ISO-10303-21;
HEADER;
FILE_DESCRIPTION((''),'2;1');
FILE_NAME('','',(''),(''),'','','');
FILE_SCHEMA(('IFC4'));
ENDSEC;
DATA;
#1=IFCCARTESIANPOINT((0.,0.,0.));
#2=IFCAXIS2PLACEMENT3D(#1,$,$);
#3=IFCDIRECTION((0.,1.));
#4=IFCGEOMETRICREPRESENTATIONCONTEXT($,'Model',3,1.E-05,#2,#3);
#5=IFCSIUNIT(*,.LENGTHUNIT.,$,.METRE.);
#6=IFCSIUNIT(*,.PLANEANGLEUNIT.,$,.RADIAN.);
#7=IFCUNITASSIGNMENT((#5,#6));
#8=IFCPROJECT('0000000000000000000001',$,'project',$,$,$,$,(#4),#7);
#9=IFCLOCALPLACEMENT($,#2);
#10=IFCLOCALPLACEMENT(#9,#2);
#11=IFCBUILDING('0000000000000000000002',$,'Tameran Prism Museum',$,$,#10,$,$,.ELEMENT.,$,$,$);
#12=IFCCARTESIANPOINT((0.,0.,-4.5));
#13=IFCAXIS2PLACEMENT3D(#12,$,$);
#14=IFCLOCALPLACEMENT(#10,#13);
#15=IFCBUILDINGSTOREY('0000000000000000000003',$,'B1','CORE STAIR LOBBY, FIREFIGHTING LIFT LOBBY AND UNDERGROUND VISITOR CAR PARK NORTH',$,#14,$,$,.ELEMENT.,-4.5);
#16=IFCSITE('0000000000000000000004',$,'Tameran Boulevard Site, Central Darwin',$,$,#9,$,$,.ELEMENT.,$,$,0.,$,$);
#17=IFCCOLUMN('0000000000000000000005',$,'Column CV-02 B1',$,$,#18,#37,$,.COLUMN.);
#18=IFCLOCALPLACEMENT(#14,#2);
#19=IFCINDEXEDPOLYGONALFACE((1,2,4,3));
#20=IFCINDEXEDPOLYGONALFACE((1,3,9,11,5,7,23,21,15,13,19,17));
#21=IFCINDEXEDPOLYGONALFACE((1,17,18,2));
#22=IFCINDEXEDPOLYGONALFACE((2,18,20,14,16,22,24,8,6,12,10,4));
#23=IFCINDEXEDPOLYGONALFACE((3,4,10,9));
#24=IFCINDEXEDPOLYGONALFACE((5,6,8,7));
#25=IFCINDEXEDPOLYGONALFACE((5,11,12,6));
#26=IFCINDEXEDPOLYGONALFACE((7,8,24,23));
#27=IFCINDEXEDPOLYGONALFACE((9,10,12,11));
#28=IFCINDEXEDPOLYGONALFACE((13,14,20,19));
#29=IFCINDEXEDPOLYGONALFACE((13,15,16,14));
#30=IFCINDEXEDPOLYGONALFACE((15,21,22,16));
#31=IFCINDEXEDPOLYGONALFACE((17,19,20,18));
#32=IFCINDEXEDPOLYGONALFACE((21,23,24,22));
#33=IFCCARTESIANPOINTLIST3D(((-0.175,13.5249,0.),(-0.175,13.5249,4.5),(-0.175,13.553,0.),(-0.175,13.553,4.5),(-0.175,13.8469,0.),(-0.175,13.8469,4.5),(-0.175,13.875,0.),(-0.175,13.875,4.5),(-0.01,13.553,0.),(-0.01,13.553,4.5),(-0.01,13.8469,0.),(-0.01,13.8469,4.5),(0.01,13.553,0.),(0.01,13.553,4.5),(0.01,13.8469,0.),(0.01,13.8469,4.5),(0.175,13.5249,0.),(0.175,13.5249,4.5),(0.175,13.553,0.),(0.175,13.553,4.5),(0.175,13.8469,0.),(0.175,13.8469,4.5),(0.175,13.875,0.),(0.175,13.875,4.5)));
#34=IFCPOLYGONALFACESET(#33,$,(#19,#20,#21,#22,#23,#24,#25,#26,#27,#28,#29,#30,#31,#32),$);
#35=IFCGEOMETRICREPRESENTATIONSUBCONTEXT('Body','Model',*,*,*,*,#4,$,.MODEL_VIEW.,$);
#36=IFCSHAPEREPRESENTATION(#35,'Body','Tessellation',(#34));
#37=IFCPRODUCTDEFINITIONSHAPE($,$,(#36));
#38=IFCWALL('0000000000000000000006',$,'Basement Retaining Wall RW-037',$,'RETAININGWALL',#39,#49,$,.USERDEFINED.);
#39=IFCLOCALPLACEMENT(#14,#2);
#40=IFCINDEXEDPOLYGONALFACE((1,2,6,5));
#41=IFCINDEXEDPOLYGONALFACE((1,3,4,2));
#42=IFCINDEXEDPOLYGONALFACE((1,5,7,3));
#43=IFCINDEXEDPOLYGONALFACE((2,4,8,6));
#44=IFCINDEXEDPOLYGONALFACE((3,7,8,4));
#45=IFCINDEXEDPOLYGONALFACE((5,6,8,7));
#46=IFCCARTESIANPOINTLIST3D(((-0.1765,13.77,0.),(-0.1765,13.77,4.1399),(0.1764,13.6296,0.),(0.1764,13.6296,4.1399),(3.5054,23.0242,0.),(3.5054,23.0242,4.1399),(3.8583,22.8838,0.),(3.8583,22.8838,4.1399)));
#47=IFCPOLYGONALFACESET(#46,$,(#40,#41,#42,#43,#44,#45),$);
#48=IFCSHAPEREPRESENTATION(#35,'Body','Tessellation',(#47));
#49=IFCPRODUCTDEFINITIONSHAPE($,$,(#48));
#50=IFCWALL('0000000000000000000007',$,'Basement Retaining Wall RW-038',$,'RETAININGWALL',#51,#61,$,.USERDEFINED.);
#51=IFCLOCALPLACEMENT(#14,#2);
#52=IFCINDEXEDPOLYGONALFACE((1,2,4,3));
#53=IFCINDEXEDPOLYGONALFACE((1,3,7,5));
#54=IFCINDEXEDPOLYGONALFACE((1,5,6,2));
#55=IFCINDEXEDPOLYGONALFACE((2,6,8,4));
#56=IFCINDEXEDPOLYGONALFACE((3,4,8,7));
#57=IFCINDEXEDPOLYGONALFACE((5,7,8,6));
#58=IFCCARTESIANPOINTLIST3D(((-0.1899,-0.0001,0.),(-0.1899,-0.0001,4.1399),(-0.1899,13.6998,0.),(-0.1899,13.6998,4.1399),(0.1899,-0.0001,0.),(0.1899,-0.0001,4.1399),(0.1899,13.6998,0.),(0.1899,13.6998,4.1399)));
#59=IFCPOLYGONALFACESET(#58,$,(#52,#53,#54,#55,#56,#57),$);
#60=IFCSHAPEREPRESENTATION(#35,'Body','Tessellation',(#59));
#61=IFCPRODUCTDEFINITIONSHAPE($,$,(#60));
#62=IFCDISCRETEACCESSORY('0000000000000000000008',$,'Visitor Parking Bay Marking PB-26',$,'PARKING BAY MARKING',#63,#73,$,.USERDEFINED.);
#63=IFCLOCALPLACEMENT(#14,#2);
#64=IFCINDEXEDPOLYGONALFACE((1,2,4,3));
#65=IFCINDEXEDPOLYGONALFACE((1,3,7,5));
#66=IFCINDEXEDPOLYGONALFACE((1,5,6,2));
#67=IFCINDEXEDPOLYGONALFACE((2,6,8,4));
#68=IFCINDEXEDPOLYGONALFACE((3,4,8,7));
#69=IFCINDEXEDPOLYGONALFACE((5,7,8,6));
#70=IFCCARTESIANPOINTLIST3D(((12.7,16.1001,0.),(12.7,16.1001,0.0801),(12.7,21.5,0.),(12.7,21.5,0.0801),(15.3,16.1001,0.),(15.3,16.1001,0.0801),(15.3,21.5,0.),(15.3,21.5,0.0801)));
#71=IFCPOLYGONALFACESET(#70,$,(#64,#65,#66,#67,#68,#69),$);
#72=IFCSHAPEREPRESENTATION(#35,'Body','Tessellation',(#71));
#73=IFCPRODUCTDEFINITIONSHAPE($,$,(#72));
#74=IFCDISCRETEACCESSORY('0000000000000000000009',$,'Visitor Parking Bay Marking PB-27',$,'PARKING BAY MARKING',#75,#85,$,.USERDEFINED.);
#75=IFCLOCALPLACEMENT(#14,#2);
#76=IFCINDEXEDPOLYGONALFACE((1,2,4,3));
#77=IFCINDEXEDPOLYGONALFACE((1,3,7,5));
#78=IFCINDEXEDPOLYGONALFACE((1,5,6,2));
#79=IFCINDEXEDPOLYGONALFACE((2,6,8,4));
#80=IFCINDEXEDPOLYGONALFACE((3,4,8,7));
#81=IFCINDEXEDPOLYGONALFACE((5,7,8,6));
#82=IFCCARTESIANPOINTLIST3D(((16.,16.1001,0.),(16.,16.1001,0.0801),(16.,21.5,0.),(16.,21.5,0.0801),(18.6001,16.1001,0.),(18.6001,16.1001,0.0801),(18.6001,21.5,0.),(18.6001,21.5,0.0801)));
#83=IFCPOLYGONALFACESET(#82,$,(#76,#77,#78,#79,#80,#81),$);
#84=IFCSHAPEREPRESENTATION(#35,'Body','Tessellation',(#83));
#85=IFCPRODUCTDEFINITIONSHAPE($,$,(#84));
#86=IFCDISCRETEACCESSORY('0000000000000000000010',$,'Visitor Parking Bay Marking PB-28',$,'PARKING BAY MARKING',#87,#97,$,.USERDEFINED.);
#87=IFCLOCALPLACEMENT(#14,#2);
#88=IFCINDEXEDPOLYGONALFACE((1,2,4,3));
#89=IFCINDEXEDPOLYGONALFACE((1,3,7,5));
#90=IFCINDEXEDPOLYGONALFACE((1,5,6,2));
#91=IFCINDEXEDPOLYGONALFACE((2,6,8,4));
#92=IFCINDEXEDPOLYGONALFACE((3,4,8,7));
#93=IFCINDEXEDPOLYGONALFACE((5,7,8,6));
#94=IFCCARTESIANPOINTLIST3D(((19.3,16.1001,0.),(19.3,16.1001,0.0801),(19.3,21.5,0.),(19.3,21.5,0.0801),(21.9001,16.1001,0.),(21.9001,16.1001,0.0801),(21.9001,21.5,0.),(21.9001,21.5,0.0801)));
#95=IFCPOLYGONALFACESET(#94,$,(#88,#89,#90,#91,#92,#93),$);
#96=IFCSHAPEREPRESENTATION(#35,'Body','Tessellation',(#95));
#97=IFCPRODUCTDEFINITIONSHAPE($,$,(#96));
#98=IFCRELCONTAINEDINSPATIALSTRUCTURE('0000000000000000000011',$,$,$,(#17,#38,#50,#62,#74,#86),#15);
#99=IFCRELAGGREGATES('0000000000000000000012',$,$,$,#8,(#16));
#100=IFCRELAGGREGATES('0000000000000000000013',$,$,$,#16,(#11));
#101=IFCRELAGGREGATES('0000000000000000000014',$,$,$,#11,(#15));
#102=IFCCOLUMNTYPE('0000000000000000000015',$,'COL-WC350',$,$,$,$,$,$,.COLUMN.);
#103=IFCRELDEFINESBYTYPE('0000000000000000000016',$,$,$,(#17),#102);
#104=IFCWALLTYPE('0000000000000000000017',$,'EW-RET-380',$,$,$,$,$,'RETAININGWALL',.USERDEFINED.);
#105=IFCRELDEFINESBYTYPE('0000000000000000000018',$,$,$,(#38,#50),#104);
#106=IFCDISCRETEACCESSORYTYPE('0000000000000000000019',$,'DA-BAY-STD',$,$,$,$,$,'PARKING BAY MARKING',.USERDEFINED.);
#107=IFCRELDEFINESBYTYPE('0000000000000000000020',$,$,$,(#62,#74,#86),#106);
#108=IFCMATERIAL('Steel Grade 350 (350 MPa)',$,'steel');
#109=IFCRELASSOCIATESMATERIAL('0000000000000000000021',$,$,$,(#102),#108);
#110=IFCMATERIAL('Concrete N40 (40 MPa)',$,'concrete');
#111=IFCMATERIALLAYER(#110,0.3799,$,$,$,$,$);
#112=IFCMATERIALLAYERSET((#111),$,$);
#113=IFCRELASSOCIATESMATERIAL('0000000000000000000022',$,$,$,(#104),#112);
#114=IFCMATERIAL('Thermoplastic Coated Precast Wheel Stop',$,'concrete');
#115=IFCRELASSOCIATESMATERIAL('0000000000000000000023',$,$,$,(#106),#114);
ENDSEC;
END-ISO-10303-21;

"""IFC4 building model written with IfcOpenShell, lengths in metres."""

from ifc_helpers import new_model, si_unit, direction, frame, frame_2d, origin, origin_2d, place, context, subcontext, project, spatial, rectangle, i_section, extrude, material, layer, layer_set, material_profile, profile_set, type_object, element, save


model = new_model("IFC4")

# Units and contexts
model_context = context("Model", 3, precision=1e-05, world=origin(), true_north=direction((0.0, 1.0)))
body_context = subcontext(model_context, "Body", "Model", "MODEL_VIEW")
ifc_project = project(units=[si_unit("LENGTHUNIT", "METRE"), si_unit("PLANEANGLEUNIT", "RADIAN")], contexts=[model_context])

# Site, building, storey
site_placement = place(None, origin())
site = spatial("IfcSite", under=ifc_project, at=site_placement, Name="Tameran Boulevard Site, Central Darwin", CompositionType="ELEMENT", RefElevation=0.0)
building_placement = place(site_placement, origin())
building = spatial("IfcBuilding", under=site, at=building_placement, Name="Tameran Prism Museum", CompositionType="ELEMENT")
storey_placement = place(building_placement, frame((0.0, 0.0, -4.5)))
storey = spatial("IfcBuildingStorey", under=building, at=storey_placement, Name="B1", Description="CORE STAIR LOBBY, FIREFIGHTING LIFT LOBBY AND UNDERGROUND VISITOR CAR PARK NORTH", CompositionType="ELEMENT", Elevation=-4.5)

# Column
ifc_material_1 = material(Name="Steel Grade 350 (350 MPa)", Category="steel")
ifc_material_profile_1 = material_profile(ifc_material_1, i_section(OverallWidth=0.3501, OverallDepth=0.3501, WebThickness=0.02, FlangeThickness=0.0281, at=origin_2d()))
ifc_profile_set_1 = profile_set([ifc_material_profile_1])
column_type_1 = type_object("IfcColumnType", Name="COL-WC350", PredefinedType="COLUMN", material=ifc_profile_set_1)
column_1_placement = place(storey_placement, frame((0.0, 13.7, 0.0), z_axis=(0.0, 0.0, 1.0), x_axis=(1.0, 0.0, 0.0)))
element("IfcColumn", 1, at=column_1_placement, inside=storey, type_object=column_type_1, Name="Column CV-02 B1", PredefinedType="COLUMN", context=body_context, shape_type="SweptSolid", body=[
    extrude(i_section(OverallWidth=0.3501, OverallDepth=0.3501, WebThickness=0.02, FlangeThickness=0.0281, at=origin_2d()), origin(), (0.0, 0.0, 1.0), 4.5),
])

# Walls
ifc_material_2 = material(Name="Concrete N40 (40 MPa)", Category="concrete")
ifc_layer = layer(ifc_material_2, 0.3799)
ifc_layer_set = layer_set([ifc_layer])
wall_type = type_object("IfcWallType", Name="EW-RET-380", ElementType="RETAININGWALL", PredefinedType="USERDEFINED", material=ifc_layer_set)
wall_1_placement = place(storey_placement, frame((3.6819, 22.9541, 0.0), z_axis=(0.0, 0.0, 1.0), x_axis=(-0.369678, -0.92916, 0.0)))
element("IfcWall", 2, at=wall_1_placement, inside=storey, type_object=wall_type, Name="Basement Retaining Wall RW-037", ObjectType="RETAININGWALL", PredefinedType="USERDEFINED", context=body_context, shape_type="SweptSolid", body=[
    extrude(rectangle(XDim=9.9597, YDim=0.3799, at=frame_2d((4.98, 0.0))), origin(), (0.0, 0.0, 1.0), 4.1399),
])
wall_2_placement = place(storey_placement, frame((0.0, 13.7, 0.0), z_axis=(0.0, 0.0, 1.0), x_axis=(0.0, -1.0, 0.0)))
element("IfcWall", 3, at=wall_2_placement, inside=storey, type_object=wall_type, Name="Basement Retaining Wall RW-038", ObjectType="RETAININGWALL", PredefinedType="USERDEFINED", context=body_context, shape_type="SweptSolid", body=[
    extrude(rectangle(XDim=13.7, YDim=0.3799, at=frame_2d((6.8501, 0.0))), origin(), (0.0, 0.0, 1.0), 4.1399),
])

# Discrete accessories
ifc_material_3 = material(Name="Thermoplastic Coated Precast Wheel Stop", Category="concrete")
discrete_accessory_type = type_object("IfcDiscreteAccessoryType", Name="DA-BAY-STD", ElementType="PARKING BAY MARKING", PredefinedType="USERDEFINED", material=ifc_material_3)
for number, where, z_axis, x_axis, name in (
    (4, (14.0, 18.8, 0.0), (0.0, 0.0, 1.0), (1.0, 0.0, 0.0), "Visitor Parking Bay Marking PB-26"),
    (5, (17.3, 18.8, 0.0), (0.0, 0.0, 1.0), (1.0, 0.0, 0.0), "Visitor Parking Bay Marking PB-27"),
    (6, (20.6001, 18.8, 0.0), (0.0, 0.0, 1.0), (1.0, 0.0, 0.0), "Visitor Parking Bay Marking PB-28"),
):
    element("IfcDiscreteAccessory", number, at=place(storey_placement, frame(where, z_axis=z_axis, x_axis=x_axis)), inside=storey, type_object=discrete_accessory_type, Name=name, ObjectType="PARKING BAY MARKING", PredefinedType="USERDEFINED", context=body_context, shape_type="SweptSolid", body=[
        extrude(rectangle(XDim=2.6001, YDim=5.3999, at=origin_2d()), origin(), (0.0, 0.0, 1.0), 0.0801),
    ])

save(model, "model.ifc")
